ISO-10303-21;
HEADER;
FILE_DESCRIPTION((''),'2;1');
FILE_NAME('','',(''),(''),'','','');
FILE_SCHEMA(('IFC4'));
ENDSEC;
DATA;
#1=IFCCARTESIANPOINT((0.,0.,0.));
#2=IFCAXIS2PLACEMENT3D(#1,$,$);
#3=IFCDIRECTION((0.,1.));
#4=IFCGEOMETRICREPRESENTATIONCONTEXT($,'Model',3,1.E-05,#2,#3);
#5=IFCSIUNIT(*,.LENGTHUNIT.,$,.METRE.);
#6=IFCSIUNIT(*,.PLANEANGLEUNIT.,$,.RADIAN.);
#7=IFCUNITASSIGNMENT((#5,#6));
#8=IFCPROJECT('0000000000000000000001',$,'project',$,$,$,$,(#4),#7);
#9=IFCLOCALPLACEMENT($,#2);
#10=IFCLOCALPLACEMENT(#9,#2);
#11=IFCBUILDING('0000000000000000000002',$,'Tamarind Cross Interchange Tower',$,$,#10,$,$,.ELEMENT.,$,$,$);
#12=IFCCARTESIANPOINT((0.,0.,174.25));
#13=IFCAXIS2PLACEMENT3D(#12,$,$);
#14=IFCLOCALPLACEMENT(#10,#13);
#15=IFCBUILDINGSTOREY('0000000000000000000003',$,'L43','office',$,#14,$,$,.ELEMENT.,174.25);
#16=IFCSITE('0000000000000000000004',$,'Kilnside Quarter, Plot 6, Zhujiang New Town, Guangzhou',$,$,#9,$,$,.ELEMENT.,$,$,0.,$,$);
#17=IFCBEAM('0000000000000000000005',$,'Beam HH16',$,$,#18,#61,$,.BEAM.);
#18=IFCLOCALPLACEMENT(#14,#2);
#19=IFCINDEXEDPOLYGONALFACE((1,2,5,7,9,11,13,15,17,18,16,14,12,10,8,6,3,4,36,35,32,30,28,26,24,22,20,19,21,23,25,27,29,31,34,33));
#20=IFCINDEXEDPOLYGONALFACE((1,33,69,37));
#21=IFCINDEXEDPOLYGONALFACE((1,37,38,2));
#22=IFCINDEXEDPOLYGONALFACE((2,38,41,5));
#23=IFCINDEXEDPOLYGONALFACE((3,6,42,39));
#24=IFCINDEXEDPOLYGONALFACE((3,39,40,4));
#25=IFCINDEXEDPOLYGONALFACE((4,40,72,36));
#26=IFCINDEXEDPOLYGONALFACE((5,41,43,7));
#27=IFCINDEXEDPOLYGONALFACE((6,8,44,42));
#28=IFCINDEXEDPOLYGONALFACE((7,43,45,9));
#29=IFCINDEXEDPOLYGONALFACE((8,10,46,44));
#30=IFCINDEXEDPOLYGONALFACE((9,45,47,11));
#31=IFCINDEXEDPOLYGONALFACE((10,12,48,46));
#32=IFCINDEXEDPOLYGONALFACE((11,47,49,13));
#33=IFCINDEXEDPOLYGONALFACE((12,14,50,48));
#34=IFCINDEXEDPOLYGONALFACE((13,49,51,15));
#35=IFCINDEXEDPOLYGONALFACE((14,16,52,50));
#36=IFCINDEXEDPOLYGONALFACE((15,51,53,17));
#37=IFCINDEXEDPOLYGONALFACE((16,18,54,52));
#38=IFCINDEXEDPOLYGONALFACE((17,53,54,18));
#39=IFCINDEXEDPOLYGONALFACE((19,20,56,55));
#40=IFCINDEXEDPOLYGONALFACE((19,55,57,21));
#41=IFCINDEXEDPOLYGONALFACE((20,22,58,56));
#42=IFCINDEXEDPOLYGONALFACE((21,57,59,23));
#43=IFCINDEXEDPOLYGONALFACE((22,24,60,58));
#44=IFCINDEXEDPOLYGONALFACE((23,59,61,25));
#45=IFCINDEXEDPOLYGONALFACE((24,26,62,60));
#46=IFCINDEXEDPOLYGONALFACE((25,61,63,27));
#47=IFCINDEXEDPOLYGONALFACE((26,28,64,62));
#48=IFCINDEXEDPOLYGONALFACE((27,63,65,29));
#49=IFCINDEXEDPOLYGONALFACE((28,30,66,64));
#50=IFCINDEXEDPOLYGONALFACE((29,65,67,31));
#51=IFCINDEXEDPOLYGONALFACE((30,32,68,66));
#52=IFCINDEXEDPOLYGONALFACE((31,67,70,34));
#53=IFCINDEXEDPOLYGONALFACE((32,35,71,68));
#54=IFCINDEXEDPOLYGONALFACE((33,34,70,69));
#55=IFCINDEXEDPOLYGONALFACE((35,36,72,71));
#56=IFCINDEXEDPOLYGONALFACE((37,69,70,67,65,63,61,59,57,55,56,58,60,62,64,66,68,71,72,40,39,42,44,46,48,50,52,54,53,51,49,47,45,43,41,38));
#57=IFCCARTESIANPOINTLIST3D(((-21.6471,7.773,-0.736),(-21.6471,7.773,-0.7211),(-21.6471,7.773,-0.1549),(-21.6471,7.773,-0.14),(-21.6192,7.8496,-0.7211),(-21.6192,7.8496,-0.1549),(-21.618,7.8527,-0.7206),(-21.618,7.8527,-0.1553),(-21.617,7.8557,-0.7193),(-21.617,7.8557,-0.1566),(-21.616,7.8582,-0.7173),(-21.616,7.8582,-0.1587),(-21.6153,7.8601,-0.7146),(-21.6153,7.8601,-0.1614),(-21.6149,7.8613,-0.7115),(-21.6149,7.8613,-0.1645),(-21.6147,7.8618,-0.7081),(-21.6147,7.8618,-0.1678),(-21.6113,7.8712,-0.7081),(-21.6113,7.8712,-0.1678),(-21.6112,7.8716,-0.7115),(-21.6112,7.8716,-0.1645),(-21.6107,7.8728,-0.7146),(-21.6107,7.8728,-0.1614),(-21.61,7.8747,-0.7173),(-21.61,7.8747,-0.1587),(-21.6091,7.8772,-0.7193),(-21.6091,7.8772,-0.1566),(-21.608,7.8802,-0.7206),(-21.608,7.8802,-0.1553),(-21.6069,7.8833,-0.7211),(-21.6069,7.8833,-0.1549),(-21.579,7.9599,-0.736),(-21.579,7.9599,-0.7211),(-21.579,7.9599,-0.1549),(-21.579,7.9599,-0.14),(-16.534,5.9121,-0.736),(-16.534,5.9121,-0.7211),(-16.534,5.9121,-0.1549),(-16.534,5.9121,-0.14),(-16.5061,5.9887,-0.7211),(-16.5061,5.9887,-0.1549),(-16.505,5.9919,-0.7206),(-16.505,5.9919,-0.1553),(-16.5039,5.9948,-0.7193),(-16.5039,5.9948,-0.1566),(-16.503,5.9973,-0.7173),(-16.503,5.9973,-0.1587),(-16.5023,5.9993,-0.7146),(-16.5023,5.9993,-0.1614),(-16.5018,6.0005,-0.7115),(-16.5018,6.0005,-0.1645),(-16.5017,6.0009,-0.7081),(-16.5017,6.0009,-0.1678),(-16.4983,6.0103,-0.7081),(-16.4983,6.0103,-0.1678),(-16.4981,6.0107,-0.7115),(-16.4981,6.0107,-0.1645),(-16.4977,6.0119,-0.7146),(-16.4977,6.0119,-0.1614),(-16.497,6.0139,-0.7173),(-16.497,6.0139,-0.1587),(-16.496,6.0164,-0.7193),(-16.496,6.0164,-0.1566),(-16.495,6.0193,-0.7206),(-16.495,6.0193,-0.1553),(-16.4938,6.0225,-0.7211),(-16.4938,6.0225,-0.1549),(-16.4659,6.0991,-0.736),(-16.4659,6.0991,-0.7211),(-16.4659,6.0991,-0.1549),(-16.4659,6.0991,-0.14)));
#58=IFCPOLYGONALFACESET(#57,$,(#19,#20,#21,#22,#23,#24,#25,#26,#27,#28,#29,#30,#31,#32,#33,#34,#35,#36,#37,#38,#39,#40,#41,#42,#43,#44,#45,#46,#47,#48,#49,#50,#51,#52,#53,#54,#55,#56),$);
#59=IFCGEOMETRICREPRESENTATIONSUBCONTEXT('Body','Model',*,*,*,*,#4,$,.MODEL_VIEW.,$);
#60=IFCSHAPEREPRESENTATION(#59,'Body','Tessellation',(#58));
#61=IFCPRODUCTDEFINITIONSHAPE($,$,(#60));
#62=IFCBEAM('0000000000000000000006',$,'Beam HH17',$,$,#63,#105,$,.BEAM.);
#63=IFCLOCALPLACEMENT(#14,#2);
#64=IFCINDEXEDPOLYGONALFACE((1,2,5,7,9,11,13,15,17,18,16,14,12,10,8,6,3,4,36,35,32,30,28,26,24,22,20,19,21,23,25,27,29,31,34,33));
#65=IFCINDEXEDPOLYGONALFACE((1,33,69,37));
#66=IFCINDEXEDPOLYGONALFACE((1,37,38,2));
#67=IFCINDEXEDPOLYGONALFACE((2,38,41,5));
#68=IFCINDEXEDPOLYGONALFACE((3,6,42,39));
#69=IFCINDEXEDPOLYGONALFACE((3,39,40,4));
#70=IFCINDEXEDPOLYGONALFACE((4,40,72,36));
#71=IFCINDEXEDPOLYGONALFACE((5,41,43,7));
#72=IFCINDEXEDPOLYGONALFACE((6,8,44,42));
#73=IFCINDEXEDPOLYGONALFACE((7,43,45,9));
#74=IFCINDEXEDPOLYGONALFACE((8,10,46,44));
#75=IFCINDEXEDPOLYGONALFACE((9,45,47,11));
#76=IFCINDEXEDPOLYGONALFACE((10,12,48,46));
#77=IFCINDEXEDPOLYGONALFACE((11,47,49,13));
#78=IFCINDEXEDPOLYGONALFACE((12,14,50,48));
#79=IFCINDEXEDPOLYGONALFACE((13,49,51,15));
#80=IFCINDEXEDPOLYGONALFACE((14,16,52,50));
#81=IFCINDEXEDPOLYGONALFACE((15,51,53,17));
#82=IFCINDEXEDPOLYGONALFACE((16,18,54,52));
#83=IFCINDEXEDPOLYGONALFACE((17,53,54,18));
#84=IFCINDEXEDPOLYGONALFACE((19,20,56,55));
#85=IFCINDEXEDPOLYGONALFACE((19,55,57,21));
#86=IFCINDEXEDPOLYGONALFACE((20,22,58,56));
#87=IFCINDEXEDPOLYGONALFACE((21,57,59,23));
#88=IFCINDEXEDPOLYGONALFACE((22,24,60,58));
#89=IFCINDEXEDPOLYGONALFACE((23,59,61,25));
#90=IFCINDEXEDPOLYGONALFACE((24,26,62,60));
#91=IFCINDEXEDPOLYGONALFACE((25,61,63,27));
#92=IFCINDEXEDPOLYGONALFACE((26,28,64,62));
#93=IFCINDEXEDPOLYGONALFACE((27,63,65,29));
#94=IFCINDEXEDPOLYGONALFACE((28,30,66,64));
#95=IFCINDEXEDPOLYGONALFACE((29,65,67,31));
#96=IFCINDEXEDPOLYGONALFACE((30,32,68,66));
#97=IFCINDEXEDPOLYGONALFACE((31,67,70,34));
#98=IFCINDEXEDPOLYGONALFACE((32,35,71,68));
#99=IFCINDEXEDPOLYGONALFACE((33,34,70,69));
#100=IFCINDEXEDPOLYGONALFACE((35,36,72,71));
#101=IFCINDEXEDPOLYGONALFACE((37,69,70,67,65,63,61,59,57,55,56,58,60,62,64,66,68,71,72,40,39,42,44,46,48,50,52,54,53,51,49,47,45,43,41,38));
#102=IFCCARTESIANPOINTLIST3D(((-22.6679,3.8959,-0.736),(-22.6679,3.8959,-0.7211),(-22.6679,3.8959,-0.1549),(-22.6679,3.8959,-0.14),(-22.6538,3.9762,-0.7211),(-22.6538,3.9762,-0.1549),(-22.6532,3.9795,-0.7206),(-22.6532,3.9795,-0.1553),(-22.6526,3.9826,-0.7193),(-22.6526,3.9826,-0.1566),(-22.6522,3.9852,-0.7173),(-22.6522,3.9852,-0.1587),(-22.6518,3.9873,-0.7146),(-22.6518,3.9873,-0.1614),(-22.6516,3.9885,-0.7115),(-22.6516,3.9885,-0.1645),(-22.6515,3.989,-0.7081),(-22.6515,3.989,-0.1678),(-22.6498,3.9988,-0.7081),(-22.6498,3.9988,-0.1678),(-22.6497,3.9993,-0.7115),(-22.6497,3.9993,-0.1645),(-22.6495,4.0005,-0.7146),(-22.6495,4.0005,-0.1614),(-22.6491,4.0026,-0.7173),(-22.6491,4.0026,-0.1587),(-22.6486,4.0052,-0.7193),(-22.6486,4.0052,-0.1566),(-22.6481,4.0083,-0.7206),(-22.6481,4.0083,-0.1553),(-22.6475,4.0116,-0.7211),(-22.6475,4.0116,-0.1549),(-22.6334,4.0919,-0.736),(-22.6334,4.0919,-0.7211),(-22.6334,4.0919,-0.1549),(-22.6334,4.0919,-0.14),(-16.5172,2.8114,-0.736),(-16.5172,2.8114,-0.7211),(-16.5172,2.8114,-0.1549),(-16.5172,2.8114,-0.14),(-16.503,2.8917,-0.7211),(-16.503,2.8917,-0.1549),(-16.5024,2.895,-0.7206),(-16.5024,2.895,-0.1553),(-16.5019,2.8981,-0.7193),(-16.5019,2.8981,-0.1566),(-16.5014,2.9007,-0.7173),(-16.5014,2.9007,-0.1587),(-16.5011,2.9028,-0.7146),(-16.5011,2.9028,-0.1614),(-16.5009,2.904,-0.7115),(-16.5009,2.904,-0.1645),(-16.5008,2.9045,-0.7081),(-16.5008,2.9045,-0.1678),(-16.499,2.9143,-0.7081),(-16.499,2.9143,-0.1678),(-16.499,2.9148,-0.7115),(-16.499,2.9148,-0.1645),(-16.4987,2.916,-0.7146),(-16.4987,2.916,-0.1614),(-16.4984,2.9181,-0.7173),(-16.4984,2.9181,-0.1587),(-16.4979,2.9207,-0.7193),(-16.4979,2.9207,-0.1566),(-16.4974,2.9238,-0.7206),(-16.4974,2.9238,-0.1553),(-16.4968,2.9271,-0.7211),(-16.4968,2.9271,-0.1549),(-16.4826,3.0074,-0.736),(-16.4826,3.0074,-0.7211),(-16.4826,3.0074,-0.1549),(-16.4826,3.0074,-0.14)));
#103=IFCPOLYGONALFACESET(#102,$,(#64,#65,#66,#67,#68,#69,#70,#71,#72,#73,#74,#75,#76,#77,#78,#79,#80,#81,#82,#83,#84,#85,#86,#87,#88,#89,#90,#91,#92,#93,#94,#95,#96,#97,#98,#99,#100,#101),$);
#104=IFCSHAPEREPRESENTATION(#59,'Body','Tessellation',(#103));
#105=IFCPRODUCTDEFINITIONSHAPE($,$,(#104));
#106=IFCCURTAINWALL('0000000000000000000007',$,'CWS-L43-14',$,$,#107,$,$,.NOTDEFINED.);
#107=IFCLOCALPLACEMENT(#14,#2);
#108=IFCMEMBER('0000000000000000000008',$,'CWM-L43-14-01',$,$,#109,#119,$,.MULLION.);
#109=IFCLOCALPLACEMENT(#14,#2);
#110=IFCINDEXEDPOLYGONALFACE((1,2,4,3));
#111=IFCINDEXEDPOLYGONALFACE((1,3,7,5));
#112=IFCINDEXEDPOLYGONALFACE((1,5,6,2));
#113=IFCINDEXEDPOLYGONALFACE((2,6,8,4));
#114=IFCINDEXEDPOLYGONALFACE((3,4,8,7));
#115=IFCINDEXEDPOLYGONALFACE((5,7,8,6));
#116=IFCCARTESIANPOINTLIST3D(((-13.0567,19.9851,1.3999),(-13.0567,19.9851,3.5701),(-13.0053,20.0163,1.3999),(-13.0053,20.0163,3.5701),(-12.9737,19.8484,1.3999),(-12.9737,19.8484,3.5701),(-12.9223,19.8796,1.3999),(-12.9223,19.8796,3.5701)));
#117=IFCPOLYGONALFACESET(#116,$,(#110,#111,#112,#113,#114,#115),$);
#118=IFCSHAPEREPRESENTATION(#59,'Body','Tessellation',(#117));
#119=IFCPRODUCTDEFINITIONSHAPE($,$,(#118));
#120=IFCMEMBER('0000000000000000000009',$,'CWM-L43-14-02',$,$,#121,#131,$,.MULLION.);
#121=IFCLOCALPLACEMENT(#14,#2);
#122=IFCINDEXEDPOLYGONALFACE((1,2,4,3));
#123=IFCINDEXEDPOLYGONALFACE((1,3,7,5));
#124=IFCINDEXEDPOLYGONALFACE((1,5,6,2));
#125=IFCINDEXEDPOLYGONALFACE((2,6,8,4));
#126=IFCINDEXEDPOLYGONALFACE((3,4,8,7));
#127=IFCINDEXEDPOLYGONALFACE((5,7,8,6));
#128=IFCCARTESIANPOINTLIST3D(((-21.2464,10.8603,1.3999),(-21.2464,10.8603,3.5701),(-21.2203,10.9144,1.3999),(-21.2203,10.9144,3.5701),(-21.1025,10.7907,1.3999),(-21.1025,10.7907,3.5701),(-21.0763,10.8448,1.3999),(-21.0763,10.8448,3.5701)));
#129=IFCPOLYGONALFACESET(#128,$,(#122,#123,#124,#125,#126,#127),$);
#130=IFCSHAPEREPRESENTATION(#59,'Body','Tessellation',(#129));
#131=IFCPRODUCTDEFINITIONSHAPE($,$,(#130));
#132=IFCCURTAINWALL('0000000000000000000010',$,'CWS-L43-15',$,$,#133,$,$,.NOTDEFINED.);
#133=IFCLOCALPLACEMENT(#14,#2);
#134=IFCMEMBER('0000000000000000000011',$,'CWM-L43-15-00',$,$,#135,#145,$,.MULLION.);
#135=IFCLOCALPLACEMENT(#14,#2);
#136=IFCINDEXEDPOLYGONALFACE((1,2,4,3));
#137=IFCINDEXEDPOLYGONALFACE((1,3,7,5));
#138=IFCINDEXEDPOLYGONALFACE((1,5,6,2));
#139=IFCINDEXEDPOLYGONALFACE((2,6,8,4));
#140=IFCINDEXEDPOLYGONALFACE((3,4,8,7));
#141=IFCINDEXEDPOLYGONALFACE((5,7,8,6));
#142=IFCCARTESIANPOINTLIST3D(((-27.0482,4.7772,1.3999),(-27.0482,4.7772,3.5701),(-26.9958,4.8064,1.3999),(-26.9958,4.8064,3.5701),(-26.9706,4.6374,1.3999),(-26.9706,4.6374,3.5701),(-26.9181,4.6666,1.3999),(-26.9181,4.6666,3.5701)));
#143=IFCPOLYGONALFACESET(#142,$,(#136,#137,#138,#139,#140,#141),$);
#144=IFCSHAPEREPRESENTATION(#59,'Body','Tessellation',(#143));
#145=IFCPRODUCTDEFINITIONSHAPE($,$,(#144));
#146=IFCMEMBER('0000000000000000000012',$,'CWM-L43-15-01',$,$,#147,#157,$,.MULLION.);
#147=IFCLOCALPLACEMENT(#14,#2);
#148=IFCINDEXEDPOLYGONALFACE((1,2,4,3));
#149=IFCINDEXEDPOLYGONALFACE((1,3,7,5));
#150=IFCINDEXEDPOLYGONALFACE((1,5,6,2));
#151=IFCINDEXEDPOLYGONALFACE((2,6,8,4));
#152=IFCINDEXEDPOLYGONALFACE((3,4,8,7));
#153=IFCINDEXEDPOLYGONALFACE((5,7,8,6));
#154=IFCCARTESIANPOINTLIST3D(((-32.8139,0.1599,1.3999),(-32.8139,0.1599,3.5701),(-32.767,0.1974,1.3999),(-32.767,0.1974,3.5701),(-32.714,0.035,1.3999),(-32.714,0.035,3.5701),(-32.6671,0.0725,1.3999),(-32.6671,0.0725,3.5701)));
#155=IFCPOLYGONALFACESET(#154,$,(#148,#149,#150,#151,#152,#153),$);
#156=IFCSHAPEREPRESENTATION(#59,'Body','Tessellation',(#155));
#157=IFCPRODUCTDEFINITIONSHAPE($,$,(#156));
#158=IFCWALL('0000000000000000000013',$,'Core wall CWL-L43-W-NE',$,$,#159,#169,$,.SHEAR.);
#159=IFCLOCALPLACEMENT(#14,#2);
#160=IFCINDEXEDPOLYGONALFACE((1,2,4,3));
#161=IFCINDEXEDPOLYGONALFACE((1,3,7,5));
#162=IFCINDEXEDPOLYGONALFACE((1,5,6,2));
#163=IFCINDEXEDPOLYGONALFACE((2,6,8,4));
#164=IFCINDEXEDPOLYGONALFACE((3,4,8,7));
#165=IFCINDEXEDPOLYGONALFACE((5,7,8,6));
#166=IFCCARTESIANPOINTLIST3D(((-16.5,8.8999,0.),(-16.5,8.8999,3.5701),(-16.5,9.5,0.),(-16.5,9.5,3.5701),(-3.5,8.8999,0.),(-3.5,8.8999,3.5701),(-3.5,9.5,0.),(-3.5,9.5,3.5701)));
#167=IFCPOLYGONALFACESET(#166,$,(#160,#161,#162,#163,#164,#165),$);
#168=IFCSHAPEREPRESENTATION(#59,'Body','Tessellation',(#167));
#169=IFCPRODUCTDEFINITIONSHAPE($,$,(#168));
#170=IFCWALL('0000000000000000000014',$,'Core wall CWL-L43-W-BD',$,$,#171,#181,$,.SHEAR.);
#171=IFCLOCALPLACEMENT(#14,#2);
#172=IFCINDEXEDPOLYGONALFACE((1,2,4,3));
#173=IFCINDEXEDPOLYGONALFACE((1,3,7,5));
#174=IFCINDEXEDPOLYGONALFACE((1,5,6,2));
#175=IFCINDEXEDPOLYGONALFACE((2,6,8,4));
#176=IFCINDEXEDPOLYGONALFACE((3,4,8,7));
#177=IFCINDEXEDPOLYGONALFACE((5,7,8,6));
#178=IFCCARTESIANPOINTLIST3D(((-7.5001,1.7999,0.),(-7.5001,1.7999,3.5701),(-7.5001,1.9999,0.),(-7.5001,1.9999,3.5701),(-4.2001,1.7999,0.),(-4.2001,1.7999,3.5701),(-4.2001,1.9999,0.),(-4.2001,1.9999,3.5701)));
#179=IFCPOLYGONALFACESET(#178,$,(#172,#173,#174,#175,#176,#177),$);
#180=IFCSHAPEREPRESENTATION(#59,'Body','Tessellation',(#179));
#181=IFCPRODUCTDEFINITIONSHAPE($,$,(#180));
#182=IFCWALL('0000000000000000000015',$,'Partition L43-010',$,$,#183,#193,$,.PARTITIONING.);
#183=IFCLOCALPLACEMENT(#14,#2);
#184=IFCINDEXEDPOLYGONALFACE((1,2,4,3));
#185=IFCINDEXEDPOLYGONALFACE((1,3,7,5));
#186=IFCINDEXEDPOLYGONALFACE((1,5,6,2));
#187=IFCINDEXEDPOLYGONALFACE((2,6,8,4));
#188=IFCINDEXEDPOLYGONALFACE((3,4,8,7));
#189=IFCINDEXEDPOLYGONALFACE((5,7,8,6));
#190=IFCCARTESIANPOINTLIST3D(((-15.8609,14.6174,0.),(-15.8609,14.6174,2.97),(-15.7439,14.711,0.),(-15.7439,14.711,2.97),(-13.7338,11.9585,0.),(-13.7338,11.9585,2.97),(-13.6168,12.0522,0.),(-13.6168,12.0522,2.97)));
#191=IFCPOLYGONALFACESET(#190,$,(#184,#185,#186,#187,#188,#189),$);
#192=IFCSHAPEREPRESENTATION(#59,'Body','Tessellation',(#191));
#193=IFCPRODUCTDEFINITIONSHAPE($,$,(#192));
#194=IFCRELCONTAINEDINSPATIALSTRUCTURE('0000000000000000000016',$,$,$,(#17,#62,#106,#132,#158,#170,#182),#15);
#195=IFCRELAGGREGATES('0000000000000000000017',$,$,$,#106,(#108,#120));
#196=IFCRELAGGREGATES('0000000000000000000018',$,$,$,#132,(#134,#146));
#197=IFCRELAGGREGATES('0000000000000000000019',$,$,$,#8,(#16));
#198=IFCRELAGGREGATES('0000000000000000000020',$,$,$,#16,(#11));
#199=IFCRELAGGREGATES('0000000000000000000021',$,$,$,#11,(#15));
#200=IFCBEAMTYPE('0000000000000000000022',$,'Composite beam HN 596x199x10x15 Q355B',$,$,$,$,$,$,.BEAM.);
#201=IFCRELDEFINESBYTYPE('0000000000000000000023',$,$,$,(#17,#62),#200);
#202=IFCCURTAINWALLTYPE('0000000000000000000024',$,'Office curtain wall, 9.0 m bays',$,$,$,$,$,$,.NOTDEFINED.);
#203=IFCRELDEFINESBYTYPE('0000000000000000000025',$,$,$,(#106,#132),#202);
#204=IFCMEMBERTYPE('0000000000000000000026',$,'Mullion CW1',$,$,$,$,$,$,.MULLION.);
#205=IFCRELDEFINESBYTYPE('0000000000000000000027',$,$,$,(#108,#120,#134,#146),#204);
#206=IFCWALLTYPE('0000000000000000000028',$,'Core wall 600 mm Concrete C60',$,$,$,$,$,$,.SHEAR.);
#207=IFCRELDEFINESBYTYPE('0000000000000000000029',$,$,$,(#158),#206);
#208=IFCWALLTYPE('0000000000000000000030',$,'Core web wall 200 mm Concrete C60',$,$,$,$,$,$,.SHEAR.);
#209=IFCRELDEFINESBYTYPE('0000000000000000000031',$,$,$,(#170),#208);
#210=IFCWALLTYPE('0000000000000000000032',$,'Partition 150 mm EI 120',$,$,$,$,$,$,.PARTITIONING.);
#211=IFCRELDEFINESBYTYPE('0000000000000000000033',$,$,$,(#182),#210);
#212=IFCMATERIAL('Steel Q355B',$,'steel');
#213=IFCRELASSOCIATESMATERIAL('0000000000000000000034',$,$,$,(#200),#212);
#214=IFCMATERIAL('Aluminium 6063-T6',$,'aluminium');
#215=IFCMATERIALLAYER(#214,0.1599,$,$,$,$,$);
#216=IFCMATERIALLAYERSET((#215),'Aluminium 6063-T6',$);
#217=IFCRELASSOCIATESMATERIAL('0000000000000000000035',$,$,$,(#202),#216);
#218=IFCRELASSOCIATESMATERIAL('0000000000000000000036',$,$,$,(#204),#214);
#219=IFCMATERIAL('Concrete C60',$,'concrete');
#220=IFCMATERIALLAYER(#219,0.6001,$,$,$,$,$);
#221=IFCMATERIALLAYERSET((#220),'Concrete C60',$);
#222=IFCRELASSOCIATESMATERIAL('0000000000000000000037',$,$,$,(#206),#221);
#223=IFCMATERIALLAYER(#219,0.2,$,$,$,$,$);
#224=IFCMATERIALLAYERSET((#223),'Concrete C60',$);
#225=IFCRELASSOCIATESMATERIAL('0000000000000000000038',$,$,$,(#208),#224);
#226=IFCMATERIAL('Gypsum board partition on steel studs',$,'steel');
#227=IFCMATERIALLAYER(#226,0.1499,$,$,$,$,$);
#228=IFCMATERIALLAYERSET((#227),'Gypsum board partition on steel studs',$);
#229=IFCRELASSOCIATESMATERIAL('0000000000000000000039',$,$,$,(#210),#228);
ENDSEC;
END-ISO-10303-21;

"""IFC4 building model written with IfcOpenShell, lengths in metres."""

from ifc_helpers import new_model, si_unit, direction, frame, frame_2d, origin, origin_2d, place, context, subcontext, project, spatial, rectangle, i_section, extrude, material, layer, layer_set, material_profile, profile_set, type_object, element, aggregate, save


model = new_model("IFC4")

# Units and contexts
model_context = context("Model", 3, precision=1e-05, world=origin(), true_north=direction((0.0, 1.0)))
body_context = subcontext(model_context, "Body", "Model", "MODEL_VIEW")
ifc_project = project(units=[si_unit("LENGTHUNIT", "METRE"), si_unit("PLANEANGLEUNIT", "RADIAN")], contexts=[model_context])

# Site, building, storey
site_placement = place(None, origin())
site = spatial("IfcSite", under=ifc_project, at=site_placement, Name="Kilnside Quarter, Plot 6, Zhujiang New Town, Guangzhou", CompositionType="ELEMENT", RefElevation=0.0)
building_placement = place(site_placement, origin())
building = spatial("IfcBuilding", under=site, at=building_placement, Name="Tamarind Cross Interchange Tower", CompositionType="ELEMENT")
storey_placement = place(building_placement, frame((0.0, 0.0, 174.25)))
storey = spatial("IfcBuildingStorey", under=building, at=storey_placement, Name="L43", Description="office", CompositionType="ELEMENT", Elevation=174.25)

# Shared definitions
ifc_material_1 = material(Name="Concrete C60", Category="concrete")

# Beams
ifc_material_2 = material(Name="Steel Q355B", Category="steel")
ifc_material_profile_1 = material_profile(ifc_material_2, i_section(OverallWidth=0.199, OverallDepth=0.5959, WebThickness=0.01, FlangeThickness=0.0149, FilletRadius=0.0129, at=origin_2d()), Name="HN 596x199x10x15")
ifc_profile_set_1 = profile_set([ifc_material_profile_1], Name="Steel Q355B")
beam_type_1 = type_object("IfcBeamType", Name="Composite beam HN 596x199x10x15 Q355B", PredefinedType="BEAM", material=ifc_profile_set_1)
beam_1_placement = place(storey_placement, frame((-21.613, 7.8665, -0.438), z_axis=(0.939702, -0.341995, 0.0), x_axis=(0.341995, 0.939702, 0.0)))
element("IfcBeam", 1, at=beam_1_placement, inside=storey, type_object=beam_type_1, Name="Beam HH16", PredefinedType="BEAM", context=body_context, shape_type="SweptSolid", body=[
    extrude(i_section(OverallWidth=0.199, OverallDepth=0.5959, WebThickness=0.01, FlangeThickness=0.0149, FilletRadius=0.0129, at=origin_2d()), origin(), (0.0, 0.0, 1.0), 5.4412),
])
beam_2_placement = place(storey_placement, frame((-22.6506, 3.9939, -0.438), z_axis=(0.984809, -0.17364, 0.0), x_axis=(0.17364, 0.984809, 0.0)))
element("IfcBeam", 2, at=beam_2_placement, inside=storey, type_object=beam_type_1, Name="Beam HH17", PredefinedType="BEAM", context=body_context, shape_type="SweptSolid", body=[
    extrude(i_section(OverallWidth=0.199, OverallDepth=0.5959, WebThickness=0.01, FlangeThickness=0.0149, FilletRadius=0.0129, at=origin_2d()), origin(), (0.0, 0.0, 1.0), 6.2456),
])

# Curtain walls, members
ifc_material_3 = material(Name="Aluminium 6063-T6", Category="aluminium")
ifc_layer_1 = layer(ifc_material_3, 0.1599)
ifc_layer_set_1 = layer_set([ifc_layer_1], Name="Aluminium 6063-T6")
curtain_wall_type = type_object("IfcCurtainWallType", Name="Office curtain wall, 9.0 m bays", PredefinedType="NOTDEFINED", material=ifc_layer_set_1)
curtain_wall_1_placement = place(storey_placement, origin())
curtain_wall_1 = element("IfcCurtainWall", 3, at=curtain_wall_1_placement, inside=storey, type_object=curtain_wall_type, Name="CWS-L43-14", PredefinedType="NOTDEFINED")
ifc_material_profile_2 = material_profile(ifc_material_3, rectangle(XDim=0.0601, YDim=0.1599, at=origin_2d()), Name="Mullion CW1")
ifc_profile_set_2 = profile_set([ifc_material_profile_2], Name="Aluminium 6063-T6")
member_type = type_object("IfcMemberType", Name="Mullion CW1", PredefinedType="MULLION", material=ifc_profile_set_2)
member_1_placement = place(storey_placement, frame((-12.9895, 19.9324, 1.3999), z_axis=(0.0, 0.0, 1.0), x_axis=(-0.854663, -0.519184, 0.0)))
member_1 = element("IfcMember", 4, at=member_1_placement, type_object=member_type, Name="CWM-L43-14-01", PredefinedType="MULLION", context=body_context, shape_type="SweptSolid", body=[
    extrude(rectangle(XDim=0.0601, YDim=0.1599, at=origin_2d()), origin(), (0.0, 0.0, 1.0), 2.1702),
])
member_2_placement = place(storey_placement, frame((-21.1614, 10.8525, 1.3999), z_axis=(0.0, 0.0, 1.0), x_axis=(-0.435326, -0.900273, 0.0)))
member_2 = element("IfcMember", 5, at=member_2_placement, type_object=member_type, Name="CWM-L43-14-02", PredefinedType="MULLION", context=body_context, shape_type="SweptSolid", body=[
    extrude(rectangle(XDim=0.0601, YDim=0.1599, at=origin_2d()), origin(), (0.0, 0.0, 1.0), 2.1702),
])
aggregate(curtain_wall_1, [member_1, member_2])
curtain_wall_2_placement = place(storey_placement, origin())
curtain_wall_2 = element("IfcCurtainWall", 6, at=curtain_wall_2_placement, inside=storey, type_object=curtain_wall_type, Name="CWS-L43-15", PredefinedType="NOTDEFINED")
member_3_placement = place(storey_placement, frame((-26.9832, 4.7219, 1.3999), z_axis=(0.0, 0.0, 1.0), x_axis=(-0.874032, -0.485868, 0.0)))
member_3 = element("IfcMember", 7, at=member_3_placement, type_object=member_type, Name="CWM-L43-15-00", PredefinedType="MULLION", context=body_context, shape_type="SweptSolid", body=[
    extrude(rectangle(XDim=0.0601, YDim=0.1599, at=origin_2d()), origin(), (0.0, 0.0, 1.0), 2.1702),
])
member_4_placement = place(storey_placement, frame((-32.7405, 0.1162, 1.3999), z_axis=(0.0, 0.0, 1.0), x_axis=(-0.780893, -0.624665, 0.0)))
member_4 = element("IfcMember", 8, at=member_4_placement, type_object=member_type, Name="CWM-L43-15-01", PredefinedType="MULLION", context=body_context, shape_type="SweptSolid", body=[
    extrude(rectangle(XDim=0.0601, YDim=0.1599, at=origin_2d()), origin(), (0.0, 0.0, 1.0), 2.1702),
])
aggregate(curtain_wall_2, [member_3, member_4])

# Walls
ifc_layer_2 = layer(ifc_material_1, 0.6001)
ifc_layer_set_2 = layer_set([ifc_layer_2], Name="Concrete C60")
wall_type_1 = type_object("IfcWallType", Name="Core wall 600 mm Concrete C60", PredefinedType="SHEAR", material=ifc_layer_set_2)
wall_1_placement = place(storey_placement, frame((-16.5, 9.2, 0.0), z_axis=(0.0, 0.0, 1.0), x_axis=(1.0, 0.0, 0.0)))
element("IfcWall", 9, at=wall_1_placement, inside=storey, type_object=wall_type_1, Name="Core wall CWL-L43-W-NE", PredefinedType="SHEAR", context=body_context, shape_type="SweptSolid", body=[
    extrude(rectangle(XDim=13.0, YDim=0.6001, at=frame_2d((6.5, 0.0))), origin(), (0.0, 0.0, 1.0), 3.5701),
])
ifc_layer_3 = layer(ifc_material_1, 0.2)
ifc_layer_set_3 = layer_set([ifc_layer_3], Name="Concrete C60")
wall_type_2 = type_object("IfcWallType", Name="Core web wall 200 mm Concrete C60", PredefinedType="SHEAR", material=ifc_layer_set_3)
wall_2_placement = place(storey_placement, frame((-7.5, 1.8999, 0.0), z_axis=(0.0, 0.0, 1.0), x_axis=(1.0, 0.0, 0.0)))
element("IfcWall", 10, at=wall_2_placement, inside=storey, type_object=wall_type_2, Name="Core wall CWL-L43-W-BD", PredefinedType="SHEAR", context=body_context, shape_type="SweptSolid", body=[
    extrude(rectangle(XDim=3.3, YDim=0.2, at=frame_2d((1.6499, 0.0))), origin(), (0.0, 0.0, 1.0), 3.5701),
])
ifc_material_4 = material(Name="Gypsum board partition on steel studs", Category="steel")
ifc_layer_4 = layer(ifc_material_4, 0.1499)
ifc_layer_set_4 = layer_set([ifc_layer_4], Name="Gypsum board partition on steel studs")
wall_type_3 = type_object("IfcWallType", Name="Partition 150 mm EI 120", PredefinedType="PARTITIONING", material=ifc_layer_set_4)
wall_3_placement = place(storey_placement, frame((-15.8025, 14.6643, 0.0), z_axis=(0.0, 0.0, 1.0), x_axis=(0.624704, -0.780862, 0.0)))
element("IfcWall", 11, at=wall_3_placement, inside=storey, type_object=wall_type_3, Name="Partition L43-010", PredefinedType="PARTITIONING", context=body_context, shape_type="SweptSolid", body=[
    extrude(rectangle(XDim=3.405, YDim=0.1499, at=frame_2d((1.7026, 0.0))), origin(), (0.0, 0.0, 1.0), 2.97),
])

save(model, "model.ifc")
